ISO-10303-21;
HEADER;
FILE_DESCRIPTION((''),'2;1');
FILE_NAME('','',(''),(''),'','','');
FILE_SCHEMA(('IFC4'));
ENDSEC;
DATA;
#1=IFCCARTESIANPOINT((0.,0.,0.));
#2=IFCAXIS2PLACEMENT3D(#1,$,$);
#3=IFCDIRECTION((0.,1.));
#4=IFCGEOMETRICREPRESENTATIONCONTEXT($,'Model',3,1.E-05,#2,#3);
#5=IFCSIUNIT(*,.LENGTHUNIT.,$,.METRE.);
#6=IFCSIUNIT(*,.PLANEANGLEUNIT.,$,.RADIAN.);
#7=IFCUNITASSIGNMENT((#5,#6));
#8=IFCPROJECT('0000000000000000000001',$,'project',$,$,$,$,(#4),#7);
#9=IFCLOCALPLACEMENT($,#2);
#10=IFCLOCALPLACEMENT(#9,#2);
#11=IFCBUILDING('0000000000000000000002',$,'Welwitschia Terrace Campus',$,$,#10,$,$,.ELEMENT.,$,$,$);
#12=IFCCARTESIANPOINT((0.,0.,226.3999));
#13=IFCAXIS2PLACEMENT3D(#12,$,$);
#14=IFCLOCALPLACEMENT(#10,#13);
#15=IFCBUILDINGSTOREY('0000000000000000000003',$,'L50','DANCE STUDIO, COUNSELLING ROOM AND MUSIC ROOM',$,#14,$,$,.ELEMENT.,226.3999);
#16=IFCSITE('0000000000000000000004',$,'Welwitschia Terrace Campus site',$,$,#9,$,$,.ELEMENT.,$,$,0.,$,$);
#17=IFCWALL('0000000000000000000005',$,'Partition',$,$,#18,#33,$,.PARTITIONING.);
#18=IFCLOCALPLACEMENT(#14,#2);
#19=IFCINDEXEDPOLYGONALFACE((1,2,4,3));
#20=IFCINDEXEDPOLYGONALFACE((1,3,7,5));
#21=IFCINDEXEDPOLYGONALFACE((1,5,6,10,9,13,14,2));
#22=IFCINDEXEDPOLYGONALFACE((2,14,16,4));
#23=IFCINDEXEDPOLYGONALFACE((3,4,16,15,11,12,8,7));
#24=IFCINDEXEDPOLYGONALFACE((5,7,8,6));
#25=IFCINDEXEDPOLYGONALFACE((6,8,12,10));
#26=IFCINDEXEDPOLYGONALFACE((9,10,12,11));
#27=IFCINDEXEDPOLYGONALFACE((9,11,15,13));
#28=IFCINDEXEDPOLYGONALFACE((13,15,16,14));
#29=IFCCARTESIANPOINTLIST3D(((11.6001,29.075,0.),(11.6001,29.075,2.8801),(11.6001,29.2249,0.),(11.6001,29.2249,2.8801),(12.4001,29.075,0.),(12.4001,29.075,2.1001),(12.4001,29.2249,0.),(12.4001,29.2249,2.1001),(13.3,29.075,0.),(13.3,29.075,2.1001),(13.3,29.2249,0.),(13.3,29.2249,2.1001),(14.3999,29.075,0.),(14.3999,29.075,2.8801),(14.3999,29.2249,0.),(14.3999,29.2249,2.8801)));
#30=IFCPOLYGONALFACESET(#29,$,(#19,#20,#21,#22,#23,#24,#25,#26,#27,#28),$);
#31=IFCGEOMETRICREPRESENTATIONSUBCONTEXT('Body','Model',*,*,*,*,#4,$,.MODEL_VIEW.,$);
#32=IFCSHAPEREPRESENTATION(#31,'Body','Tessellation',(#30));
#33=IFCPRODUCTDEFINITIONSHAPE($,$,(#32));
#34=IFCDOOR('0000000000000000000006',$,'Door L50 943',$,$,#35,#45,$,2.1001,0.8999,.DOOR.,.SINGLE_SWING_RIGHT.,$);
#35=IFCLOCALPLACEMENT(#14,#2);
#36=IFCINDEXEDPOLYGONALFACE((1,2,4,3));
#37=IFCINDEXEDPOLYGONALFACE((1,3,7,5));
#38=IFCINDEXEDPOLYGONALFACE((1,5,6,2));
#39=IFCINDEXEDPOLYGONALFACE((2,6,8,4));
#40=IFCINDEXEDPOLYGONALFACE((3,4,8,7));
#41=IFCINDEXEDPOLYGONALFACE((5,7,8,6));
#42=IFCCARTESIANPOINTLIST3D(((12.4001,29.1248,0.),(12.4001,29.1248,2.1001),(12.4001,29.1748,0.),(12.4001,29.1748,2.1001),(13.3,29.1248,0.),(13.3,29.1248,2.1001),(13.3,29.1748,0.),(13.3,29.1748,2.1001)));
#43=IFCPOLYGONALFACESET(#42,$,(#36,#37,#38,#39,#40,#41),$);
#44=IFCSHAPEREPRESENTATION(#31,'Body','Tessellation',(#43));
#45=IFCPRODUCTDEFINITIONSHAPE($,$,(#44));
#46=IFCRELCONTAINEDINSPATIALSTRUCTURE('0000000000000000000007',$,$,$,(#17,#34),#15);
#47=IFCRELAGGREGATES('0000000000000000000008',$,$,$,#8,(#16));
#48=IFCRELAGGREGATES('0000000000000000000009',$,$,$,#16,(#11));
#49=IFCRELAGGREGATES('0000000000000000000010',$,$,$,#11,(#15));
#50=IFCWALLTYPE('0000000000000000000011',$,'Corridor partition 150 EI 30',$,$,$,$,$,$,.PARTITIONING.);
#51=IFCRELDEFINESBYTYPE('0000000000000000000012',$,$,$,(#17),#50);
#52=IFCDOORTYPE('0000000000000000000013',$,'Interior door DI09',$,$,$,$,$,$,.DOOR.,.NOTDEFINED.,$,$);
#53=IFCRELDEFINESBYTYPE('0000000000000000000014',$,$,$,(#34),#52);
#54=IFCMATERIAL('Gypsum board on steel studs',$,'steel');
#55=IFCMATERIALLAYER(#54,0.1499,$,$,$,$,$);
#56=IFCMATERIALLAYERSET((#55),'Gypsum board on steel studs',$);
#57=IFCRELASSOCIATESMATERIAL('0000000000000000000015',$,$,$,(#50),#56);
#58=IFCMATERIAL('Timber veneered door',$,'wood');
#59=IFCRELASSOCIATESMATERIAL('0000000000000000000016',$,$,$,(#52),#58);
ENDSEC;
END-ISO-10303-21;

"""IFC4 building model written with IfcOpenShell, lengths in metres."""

from ifc_helpers import new_model, si_unit, direction, frame, frame_2d, origin, place, context, subcontext, project, spatial, rectangle, extrude, material, layer, layer_set, type_object, element, fill, save


model = new_model("IFC4")

# Units and contexts
model_context = context("Model", 3, precision=1e-05, world=origin(), true_north=direction((0.0, 1.0)))
body_context = subcontext(model_context, "Body", "Model", "MODEL_VIEW")
ifc_project = project(units=[si_unit("LENGTHUNIT", "METRE"), si_unit("PLANEANGLEUNIT", "RADIAN")], contexts=[model_context])

# Site, building, storey
site_placement = place(None, origin())
site = spatial("IfcSite", under=ifc_project, at=site_placement, Name="Welwitschia Terrace Campus site", CompositionType="ELEMENT", RefElevation=0.0)
building_placement = place(site_placement, origin())
building = spatial("IfcBuilding", under=site, at=building_placement, Name="Welwitschia Terrace Campus", CompositionType="ELEMENT")
storey_placement = place(building_placement, frame((0.0, 0.0, 226.3999)))
storey = spatial("IfcBuildingStorey", under=building, at=storey_placement, Name="L50", Description="DANCE STUDIO, COUNSELLING ROOM AND MUSIC ROOM", CompositionType="ELEMENT", Elevation=226.3999)

# Shared definitions
ifc_material_1 = material(Name="Gypsum board on steel studs", Category="steel")
ifc_layer_1 = layer(ifc_material_1, 0.1499)
ifc_layer_set_1 = layer_set([ifc_layer_1], Name="Gypsum board on steel studs")
wall_type = type_object("IfcWallType", Name="Corridor partition 150 EI 30", PredefinedType="PARTITIONING", material=ifc_layer_set_1)

# Shared definitions
ifc_material_2 = material(Name="Timber veneered door", Category="wood")
door_type_1 = type_object("IfcDoorType", Name="Interior door DI09", OperationType="NOTDEFINED", PredefinedType="DOOR", material=ifc_material_2)

# Wall, opening, door
wall_1_placement = place(storey_placement, frame((11.6001, 29.1499, 0.0), z_axis=(0.0, 0.0, 1.0), x_axis=(1.0, 0.0, 0.0)))
wall_1 = element("IfcWall", 1, at=wall_1_placement, inside=storey, type_object=wall_type, Name="Partition", PredefinedType="PARTITIONING", context=body_context, shape_type="SweptSolid", body=[
    extrude(rectangle(XDim=2.7998, YDim=0.1499, at=frame_2d((1.3999, 0.0))), origin(), (0.0, 0.0, 1.0), 2.8801),
])
opening_1_placement = place(wall_1_placement, frame((0.8, 0.0, 0.0)))
opening_1 = element("IfcOpeningElement", 2, at=opening_1_placement, cuts=wall_1, PredefinedType="OPENING", context=body_context, shape_type="SweptSolid", body=[
    extrude(rectangle(XDim=0.8999, YDim=2.1001, at=frame_2d((0.45, 1.05))), frame((0.0, 0.085, 0.0), z_axis=(0.0, -1.0, 0.0), x_axis=(1.0, 0.0, 0.0)), (0.0, 0.0, 1.0), 0.1699),
])
door_1_placement = place(opening_1_placement, origin())
door_1 = element("IfcDoor", 3, at=door_1_placement, inside=storey, type_object=door_type_1, Name="Door L50 943", OperationType="SINGLE_SWING_RIGHT", OverallHeight=2.1001, OverallWidth=0.8999, PredefinedType="DOOR", context=body_context, shape_type="SweptSolid", body=[
    extrude(rectangle(XDim=0.8999, YDim=2.1001, at=frame_2d((0.45, 1.05))), frame((0.0, 0.0249, 0.0), z_axis=(0.0, -1.0, 0.0), x_axis=(1.0, 0.0, 0.0)), (0.0, 0.0, 1.0), 0.05),
])
fill(opening_1, door_1)

save(model, "model.ifc")
